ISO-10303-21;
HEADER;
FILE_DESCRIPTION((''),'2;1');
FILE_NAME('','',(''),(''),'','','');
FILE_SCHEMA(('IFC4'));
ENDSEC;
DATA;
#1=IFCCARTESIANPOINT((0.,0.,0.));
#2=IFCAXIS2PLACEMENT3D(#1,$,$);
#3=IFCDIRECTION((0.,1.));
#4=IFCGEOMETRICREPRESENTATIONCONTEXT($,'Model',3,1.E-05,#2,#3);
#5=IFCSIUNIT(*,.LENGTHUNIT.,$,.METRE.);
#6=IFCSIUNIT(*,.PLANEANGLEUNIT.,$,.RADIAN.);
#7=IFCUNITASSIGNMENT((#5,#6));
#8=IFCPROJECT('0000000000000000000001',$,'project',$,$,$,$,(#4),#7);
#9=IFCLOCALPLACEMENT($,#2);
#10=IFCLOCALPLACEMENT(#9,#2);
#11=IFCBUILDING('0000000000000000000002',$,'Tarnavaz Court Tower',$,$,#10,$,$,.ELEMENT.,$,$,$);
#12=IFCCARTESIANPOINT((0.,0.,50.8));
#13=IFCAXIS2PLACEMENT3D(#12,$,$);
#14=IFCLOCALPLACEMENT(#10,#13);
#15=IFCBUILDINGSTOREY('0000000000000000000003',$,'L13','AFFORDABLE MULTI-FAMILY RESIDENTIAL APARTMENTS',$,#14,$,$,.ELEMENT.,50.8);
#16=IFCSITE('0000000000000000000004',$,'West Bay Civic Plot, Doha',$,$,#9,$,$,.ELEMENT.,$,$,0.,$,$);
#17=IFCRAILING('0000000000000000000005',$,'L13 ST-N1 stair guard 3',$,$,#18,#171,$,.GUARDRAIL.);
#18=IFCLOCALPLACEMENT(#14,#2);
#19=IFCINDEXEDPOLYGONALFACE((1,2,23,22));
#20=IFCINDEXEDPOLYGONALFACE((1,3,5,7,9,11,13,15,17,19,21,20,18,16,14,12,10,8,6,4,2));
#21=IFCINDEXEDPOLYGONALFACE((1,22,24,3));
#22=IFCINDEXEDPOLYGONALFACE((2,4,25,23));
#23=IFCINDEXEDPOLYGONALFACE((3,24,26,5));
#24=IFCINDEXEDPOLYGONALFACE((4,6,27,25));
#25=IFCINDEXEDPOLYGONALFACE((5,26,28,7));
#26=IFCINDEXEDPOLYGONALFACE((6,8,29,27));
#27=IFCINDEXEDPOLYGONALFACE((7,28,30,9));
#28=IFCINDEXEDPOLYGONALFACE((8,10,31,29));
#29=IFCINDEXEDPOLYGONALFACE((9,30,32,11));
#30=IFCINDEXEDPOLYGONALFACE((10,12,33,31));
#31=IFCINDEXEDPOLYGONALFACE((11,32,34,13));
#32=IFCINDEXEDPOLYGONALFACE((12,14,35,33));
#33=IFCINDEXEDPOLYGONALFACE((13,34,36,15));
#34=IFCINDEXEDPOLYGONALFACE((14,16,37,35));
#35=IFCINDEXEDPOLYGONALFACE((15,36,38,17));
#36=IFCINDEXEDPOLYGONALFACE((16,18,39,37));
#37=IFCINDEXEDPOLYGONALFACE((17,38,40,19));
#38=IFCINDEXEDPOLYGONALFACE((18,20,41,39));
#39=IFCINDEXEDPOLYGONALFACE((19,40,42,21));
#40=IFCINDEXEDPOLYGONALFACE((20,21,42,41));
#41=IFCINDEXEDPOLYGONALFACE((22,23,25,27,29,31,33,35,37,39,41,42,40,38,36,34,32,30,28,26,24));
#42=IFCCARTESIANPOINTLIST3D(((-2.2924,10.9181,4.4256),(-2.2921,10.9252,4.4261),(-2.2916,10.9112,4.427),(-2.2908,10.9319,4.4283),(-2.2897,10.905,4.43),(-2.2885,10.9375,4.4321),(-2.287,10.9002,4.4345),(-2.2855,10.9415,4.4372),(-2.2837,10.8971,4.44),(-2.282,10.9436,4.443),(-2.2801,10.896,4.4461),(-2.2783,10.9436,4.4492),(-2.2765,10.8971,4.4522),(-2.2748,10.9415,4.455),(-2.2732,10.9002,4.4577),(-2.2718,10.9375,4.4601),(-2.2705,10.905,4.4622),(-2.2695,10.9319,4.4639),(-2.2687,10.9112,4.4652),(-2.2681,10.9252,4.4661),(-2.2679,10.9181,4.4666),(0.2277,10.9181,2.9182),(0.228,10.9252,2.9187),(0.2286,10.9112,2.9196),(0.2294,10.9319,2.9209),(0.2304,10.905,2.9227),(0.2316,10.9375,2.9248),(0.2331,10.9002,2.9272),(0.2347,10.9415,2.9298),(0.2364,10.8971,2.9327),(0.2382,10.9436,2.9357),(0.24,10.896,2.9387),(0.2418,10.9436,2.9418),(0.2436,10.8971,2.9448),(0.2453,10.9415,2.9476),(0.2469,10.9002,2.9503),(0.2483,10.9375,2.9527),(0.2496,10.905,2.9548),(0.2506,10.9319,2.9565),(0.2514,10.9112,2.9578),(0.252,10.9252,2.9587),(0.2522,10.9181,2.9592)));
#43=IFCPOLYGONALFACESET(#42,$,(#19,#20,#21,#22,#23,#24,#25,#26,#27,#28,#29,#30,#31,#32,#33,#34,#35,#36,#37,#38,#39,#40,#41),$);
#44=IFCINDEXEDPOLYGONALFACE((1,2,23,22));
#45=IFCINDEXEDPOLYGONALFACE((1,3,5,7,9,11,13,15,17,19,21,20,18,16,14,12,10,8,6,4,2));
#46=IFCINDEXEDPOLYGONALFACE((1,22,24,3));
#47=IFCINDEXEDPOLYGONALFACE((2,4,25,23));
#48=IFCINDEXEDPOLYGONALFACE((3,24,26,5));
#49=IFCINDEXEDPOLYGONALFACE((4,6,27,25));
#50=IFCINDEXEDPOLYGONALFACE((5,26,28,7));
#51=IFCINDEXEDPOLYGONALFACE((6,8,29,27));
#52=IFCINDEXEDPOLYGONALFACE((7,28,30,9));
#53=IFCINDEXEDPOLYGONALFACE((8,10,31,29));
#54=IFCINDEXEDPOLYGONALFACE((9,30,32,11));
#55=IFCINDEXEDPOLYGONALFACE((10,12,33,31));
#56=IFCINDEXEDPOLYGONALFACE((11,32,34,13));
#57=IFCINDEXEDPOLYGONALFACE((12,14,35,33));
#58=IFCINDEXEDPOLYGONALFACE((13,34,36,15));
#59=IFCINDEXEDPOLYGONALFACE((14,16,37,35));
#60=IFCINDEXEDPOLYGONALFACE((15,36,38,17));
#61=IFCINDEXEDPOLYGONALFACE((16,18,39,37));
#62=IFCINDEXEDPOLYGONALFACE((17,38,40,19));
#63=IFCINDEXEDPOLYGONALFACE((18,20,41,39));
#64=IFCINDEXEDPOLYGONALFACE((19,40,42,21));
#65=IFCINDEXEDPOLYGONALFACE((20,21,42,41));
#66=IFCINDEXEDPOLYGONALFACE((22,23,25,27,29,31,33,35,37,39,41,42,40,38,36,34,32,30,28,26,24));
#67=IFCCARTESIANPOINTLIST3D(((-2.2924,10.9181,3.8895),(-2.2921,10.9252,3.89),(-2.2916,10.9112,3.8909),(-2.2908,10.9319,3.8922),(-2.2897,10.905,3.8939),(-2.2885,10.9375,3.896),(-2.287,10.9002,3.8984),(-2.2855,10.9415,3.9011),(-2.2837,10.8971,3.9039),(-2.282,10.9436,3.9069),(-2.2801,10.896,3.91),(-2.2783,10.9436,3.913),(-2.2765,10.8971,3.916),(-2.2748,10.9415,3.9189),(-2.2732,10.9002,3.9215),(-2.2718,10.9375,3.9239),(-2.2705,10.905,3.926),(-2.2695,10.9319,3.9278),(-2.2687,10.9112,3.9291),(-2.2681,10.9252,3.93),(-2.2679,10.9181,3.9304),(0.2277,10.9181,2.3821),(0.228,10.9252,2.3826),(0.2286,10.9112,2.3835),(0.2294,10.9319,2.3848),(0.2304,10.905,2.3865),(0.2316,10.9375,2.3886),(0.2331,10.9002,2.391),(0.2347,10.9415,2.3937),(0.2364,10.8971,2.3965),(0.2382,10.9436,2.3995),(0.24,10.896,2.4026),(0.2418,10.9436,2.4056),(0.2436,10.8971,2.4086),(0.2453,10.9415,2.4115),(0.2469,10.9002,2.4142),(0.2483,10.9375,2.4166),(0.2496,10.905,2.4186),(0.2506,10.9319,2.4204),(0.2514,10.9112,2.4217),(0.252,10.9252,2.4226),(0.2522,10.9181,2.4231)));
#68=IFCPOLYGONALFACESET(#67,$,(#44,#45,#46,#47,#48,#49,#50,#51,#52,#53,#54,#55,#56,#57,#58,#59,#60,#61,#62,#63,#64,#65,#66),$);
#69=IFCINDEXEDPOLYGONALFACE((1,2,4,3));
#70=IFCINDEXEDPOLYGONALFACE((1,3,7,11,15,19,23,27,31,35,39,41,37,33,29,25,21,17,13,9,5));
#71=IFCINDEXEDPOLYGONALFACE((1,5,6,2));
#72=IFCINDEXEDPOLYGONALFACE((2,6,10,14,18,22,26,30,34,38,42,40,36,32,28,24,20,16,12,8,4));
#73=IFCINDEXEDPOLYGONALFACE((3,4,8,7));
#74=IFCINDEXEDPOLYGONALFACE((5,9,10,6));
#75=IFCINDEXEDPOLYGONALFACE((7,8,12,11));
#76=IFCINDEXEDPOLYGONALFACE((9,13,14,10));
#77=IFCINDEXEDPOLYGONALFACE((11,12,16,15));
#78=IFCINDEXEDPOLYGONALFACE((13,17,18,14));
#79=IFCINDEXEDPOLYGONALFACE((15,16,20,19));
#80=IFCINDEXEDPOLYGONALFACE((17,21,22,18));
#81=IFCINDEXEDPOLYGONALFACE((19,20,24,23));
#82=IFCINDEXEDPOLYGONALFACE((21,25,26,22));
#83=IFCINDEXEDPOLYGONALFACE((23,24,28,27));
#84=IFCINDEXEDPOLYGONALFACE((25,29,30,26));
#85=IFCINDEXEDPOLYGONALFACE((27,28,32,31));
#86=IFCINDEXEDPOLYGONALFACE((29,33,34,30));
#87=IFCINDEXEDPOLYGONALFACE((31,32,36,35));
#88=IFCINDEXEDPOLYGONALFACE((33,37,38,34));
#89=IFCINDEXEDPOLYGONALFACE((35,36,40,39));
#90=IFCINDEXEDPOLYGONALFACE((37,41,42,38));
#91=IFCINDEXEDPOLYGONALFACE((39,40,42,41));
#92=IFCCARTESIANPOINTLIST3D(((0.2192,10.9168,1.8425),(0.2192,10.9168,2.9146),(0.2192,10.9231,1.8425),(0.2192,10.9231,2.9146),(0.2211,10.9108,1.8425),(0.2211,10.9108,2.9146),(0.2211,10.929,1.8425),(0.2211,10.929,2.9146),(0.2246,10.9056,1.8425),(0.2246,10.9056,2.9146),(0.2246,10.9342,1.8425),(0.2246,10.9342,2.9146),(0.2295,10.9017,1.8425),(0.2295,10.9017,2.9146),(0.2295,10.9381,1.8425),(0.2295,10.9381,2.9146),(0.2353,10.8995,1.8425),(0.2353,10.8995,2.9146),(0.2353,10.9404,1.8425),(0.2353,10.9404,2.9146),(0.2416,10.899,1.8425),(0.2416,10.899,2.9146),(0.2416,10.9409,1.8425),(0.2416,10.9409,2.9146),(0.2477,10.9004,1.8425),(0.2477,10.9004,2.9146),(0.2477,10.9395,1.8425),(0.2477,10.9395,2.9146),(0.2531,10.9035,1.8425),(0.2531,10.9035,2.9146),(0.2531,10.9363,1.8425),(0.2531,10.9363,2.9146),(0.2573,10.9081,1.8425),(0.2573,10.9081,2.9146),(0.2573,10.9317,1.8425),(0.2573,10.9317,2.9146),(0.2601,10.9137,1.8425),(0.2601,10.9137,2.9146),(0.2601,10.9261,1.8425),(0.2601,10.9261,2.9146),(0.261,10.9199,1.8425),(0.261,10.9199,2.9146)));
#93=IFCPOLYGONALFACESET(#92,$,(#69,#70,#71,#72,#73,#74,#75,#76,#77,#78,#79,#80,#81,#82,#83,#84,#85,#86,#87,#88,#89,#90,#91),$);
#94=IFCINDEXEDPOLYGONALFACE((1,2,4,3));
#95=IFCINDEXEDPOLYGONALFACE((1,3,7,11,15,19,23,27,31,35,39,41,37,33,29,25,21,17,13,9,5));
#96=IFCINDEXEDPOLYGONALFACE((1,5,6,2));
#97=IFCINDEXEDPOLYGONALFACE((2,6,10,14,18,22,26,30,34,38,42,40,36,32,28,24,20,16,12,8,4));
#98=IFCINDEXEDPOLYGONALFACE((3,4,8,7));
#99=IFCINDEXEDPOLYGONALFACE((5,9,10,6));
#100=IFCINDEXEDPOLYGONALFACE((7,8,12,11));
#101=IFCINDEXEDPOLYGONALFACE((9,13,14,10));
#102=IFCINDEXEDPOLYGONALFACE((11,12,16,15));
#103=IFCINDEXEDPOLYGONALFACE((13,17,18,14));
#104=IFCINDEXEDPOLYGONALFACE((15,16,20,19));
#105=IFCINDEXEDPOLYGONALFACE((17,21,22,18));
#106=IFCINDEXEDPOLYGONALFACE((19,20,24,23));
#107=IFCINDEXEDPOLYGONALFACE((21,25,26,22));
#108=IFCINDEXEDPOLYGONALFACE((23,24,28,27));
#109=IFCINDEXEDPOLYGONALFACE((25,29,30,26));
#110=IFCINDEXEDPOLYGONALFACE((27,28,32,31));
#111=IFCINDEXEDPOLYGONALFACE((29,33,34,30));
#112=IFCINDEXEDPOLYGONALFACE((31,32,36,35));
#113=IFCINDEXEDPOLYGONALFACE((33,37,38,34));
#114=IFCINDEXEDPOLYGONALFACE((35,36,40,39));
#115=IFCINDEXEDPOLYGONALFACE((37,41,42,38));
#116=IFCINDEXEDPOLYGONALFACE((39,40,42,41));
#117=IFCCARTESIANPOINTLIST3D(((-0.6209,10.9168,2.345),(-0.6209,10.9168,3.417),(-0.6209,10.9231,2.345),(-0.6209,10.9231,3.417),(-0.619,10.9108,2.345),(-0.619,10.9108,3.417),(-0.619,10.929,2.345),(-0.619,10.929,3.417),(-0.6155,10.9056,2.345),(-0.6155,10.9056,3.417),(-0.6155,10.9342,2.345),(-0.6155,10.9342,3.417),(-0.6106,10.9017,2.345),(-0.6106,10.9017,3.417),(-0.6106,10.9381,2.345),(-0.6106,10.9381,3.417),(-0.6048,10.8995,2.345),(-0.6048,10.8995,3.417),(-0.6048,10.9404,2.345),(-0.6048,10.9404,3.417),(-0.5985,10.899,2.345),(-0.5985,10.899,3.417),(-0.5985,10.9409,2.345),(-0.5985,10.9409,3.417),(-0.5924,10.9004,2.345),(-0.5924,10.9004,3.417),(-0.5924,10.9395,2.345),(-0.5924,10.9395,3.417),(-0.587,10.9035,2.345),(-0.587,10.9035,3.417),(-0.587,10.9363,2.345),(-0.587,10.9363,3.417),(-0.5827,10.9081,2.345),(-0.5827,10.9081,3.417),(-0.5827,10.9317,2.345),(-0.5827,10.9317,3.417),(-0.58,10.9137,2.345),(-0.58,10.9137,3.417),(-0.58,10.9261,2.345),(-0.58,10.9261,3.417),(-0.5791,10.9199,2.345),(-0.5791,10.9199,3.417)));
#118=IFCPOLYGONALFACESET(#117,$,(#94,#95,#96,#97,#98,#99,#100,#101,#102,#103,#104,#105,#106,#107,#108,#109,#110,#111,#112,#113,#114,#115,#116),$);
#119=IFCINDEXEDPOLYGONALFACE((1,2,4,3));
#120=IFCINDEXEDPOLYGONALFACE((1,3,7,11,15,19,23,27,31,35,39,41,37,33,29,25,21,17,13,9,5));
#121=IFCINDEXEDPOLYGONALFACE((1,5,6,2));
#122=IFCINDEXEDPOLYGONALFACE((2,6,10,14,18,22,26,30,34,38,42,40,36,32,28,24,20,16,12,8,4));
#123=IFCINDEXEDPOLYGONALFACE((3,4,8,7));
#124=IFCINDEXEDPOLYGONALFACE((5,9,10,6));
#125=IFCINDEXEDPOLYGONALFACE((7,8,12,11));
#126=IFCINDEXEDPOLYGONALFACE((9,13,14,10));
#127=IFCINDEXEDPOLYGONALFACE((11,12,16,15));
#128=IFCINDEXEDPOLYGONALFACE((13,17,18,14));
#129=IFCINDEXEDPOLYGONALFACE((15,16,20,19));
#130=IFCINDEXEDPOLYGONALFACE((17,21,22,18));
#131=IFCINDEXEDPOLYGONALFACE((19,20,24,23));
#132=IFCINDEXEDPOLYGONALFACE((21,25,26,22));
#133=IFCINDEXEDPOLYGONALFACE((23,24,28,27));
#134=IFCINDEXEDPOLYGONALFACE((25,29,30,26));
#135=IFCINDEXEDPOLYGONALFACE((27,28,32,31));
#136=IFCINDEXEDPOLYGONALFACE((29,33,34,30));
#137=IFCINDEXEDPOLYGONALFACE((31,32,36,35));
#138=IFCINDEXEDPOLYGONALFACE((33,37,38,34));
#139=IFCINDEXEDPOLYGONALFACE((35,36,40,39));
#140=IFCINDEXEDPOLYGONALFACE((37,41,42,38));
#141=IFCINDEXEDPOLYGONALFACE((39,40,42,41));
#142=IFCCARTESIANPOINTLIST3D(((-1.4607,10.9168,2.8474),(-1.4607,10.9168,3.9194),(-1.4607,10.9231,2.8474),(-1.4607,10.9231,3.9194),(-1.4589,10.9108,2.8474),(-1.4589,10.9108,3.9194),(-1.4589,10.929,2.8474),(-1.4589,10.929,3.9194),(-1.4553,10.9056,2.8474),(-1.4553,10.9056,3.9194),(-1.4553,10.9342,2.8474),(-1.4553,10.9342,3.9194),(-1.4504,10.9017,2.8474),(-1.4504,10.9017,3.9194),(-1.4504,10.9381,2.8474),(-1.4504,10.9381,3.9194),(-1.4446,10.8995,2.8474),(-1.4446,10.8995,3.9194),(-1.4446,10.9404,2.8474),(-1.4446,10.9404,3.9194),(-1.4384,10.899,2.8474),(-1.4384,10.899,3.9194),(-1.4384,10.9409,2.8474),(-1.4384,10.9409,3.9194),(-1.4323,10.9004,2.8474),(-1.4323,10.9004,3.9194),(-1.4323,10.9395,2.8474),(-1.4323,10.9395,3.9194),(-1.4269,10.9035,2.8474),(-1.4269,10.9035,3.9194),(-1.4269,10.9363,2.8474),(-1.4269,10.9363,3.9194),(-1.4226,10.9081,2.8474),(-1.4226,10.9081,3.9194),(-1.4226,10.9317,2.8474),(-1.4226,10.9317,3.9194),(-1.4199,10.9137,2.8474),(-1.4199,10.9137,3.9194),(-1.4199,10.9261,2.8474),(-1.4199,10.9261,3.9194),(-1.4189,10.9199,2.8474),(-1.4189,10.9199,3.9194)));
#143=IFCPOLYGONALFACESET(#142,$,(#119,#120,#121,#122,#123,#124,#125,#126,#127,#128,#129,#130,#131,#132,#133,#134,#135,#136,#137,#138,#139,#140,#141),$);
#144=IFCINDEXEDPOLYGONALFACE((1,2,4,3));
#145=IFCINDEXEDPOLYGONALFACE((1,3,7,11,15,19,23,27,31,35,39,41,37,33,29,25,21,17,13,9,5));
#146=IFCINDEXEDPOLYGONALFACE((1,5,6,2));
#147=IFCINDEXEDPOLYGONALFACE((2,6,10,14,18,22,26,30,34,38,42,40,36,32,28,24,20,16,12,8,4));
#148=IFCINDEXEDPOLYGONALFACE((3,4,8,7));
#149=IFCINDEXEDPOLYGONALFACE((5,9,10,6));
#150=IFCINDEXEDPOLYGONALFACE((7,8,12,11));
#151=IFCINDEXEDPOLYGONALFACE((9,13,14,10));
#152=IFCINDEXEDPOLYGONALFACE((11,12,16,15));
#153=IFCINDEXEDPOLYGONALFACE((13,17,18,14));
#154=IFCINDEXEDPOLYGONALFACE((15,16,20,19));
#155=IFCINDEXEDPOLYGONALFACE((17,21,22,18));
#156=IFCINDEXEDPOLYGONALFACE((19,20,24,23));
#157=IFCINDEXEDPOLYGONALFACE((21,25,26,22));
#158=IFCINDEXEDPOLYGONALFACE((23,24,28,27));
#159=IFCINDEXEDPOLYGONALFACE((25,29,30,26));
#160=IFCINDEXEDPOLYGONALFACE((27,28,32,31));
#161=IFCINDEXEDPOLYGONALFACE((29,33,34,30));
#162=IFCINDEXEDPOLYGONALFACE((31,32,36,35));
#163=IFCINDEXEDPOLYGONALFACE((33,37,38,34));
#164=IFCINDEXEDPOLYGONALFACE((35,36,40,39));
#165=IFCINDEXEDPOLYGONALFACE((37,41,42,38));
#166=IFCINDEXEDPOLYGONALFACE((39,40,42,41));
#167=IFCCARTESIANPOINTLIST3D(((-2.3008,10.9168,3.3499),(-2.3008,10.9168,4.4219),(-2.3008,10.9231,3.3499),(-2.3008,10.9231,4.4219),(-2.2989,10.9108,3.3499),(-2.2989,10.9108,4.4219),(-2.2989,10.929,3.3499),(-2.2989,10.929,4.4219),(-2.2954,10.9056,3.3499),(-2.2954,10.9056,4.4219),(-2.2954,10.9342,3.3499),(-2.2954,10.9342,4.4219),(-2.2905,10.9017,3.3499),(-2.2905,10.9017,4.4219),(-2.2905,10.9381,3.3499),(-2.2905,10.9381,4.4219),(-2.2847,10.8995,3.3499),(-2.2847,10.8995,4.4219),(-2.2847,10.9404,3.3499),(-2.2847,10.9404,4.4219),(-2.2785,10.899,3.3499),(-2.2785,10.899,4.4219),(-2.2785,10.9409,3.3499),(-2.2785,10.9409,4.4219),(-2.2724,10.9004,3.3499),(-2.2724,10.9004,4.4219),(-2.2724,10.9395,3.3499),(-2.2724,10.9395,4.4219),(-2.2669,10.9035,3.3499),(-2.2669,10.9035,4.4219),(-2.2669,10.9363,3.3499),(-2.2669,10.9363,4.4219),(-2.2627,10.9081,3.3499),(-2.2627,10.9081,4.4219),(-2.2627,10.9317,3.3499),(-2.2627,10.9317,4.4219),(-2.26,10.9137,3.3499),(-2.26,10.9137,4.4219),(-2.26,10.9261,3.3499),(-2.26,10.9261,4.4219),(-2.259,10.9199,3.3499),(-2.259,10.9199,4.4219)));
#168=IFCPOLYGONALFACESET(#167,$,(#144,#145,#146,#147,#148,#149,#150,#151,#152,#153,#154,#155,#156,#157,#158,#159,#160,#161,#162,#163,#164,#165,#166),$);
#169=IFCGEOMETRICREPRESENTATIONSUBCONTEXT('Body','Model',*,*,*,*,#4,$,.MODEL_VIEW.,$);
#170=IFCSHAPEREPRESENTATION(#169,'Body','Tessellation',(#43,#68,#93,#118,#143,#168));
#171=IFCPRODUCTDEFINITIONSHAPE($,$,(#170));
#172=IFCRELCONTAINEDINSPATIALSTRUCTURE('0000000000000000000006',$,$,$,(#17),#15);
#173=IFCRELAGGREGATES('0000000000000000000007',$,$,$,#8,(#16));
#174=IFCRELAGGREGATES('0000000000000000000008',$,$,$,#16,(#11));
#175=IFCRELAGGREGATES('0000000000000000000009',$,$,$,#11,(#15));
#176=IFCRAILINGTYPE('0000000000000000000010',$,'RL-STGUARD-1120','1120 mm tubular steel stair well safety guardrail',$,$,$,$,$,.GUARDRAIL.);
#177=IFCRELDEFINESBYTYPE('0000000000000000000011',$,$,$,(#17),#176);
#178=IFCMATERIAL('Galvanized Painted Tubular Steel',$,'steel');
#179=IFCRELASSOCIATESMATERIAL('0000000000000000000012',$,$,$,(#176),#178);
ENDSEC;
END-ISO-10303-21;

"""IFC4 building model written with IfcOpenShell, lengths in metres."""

from ifc_helpers import new_model, si_unit, direction, frame, origin, origin_2d, place, context, subcontext, project, spatial, circle, extrude, material, type_object, element, save


model = new_model("IFC4")

# Units and contexts
model_context = context("Model", 3, precision=1e-05, world=origin(), true_north=direction((0.0, 1.0)))
body_context = subcontext(model_context, "Body", "Model", "MODEL_VIEW")
ifc_project = project(units=[si_unit("LENGTHUNIT", "METRE"), si_unit("PLANEANGLEUNIT", "RADIAN")], contexts=[model_context])

# Site, building, storey
site_placement = place(None, origin())
site = spatial("IfcSite", under=ifc_project, at=site_placement, Name="West Bay Civic Plot, Doha", CompositionType="ELEMENT", RefElevation=0.0)
building_placement = place(site_placement, origin())
building = spatial("IfcBuilding", under=site, at=building_placement, Name="Tarnavaz Court Tower", CompositionType="ELEMENT")
storey_placement = place(building_placement, frame((0.0, 0.0, 50.8)))
storey = spatial("IfcBuildingStorey", under=building, at=storey_placement, Name="L13", Description="AFFORDABLE MULTI-FAMILY RESIDENTIAL APARTMENTS", CompositionType="ELEMENT", Elevation=50.8)

# Railing
ifc_material_1 = material(Name="Galvanized Painted Tubular Steel", Category="steel")
railing_type_1 = type_object("IfcRailingType", Name="RL-STGUARD-1120", Description="1120 mm tubular steel stair well safety guardrail", PredefinedType="GUARDRAIL", material=ifc_material_1)
railing_1_placement = place(storey_placement, frame((0.24, 10.9199, 1.8425)))
element("IfcRailing", 1, at=railing_1_placement, inside=storey, type_object=railing_type_1, Name="L13 ST-N1 stair guard 3", PredefinedType="GUARDRAIL", context=body_context, shape_type="SweptSolid", body=[
    extrude(circle(Radius=0.0239, at=origin_2d()), frame((0.0, 0.0, 1.0962), z_axis=(-0.858196, 0.0, 0.513321), x_axis=(0.0, -1.0, 0.0)), (0.0, 0.0, 1.0), 2.9365),
    extrude(circle(Radius=0.0239, at=origin_2d()), frame((0.0, 0.0, 0.5601), z_axis=(-0.858196, 0.0, 0.513321), x_axis=(0.0, -1.0, 0.0)), (0.0, 0.0, 1.0), 2.9365),
    extrude(circle(Radius=0.021, at=origin_2d()), origin(), (0.0, 0.0, 1.0), 1.072),
    extrude(circle(Radius=0.021, at=origin_2d()), frame((-0.8401, 0.0, 0.5024)), (0.0, 0.0, 1.0), 1.072),
    extrude(circle(Radius=0.021, at=origin_2d()), frame((-1.6799, 0.0, 1.0049)), (0.0, 0.0, 1.0), 1.072),
    extrude(circle(Radius=0.021, at=origin_2d()), frame((-2.52, 0.0, 1.5073)), (0.0, 0.0, 1.0), 1.072),
])

save(model, "model.ifc")
